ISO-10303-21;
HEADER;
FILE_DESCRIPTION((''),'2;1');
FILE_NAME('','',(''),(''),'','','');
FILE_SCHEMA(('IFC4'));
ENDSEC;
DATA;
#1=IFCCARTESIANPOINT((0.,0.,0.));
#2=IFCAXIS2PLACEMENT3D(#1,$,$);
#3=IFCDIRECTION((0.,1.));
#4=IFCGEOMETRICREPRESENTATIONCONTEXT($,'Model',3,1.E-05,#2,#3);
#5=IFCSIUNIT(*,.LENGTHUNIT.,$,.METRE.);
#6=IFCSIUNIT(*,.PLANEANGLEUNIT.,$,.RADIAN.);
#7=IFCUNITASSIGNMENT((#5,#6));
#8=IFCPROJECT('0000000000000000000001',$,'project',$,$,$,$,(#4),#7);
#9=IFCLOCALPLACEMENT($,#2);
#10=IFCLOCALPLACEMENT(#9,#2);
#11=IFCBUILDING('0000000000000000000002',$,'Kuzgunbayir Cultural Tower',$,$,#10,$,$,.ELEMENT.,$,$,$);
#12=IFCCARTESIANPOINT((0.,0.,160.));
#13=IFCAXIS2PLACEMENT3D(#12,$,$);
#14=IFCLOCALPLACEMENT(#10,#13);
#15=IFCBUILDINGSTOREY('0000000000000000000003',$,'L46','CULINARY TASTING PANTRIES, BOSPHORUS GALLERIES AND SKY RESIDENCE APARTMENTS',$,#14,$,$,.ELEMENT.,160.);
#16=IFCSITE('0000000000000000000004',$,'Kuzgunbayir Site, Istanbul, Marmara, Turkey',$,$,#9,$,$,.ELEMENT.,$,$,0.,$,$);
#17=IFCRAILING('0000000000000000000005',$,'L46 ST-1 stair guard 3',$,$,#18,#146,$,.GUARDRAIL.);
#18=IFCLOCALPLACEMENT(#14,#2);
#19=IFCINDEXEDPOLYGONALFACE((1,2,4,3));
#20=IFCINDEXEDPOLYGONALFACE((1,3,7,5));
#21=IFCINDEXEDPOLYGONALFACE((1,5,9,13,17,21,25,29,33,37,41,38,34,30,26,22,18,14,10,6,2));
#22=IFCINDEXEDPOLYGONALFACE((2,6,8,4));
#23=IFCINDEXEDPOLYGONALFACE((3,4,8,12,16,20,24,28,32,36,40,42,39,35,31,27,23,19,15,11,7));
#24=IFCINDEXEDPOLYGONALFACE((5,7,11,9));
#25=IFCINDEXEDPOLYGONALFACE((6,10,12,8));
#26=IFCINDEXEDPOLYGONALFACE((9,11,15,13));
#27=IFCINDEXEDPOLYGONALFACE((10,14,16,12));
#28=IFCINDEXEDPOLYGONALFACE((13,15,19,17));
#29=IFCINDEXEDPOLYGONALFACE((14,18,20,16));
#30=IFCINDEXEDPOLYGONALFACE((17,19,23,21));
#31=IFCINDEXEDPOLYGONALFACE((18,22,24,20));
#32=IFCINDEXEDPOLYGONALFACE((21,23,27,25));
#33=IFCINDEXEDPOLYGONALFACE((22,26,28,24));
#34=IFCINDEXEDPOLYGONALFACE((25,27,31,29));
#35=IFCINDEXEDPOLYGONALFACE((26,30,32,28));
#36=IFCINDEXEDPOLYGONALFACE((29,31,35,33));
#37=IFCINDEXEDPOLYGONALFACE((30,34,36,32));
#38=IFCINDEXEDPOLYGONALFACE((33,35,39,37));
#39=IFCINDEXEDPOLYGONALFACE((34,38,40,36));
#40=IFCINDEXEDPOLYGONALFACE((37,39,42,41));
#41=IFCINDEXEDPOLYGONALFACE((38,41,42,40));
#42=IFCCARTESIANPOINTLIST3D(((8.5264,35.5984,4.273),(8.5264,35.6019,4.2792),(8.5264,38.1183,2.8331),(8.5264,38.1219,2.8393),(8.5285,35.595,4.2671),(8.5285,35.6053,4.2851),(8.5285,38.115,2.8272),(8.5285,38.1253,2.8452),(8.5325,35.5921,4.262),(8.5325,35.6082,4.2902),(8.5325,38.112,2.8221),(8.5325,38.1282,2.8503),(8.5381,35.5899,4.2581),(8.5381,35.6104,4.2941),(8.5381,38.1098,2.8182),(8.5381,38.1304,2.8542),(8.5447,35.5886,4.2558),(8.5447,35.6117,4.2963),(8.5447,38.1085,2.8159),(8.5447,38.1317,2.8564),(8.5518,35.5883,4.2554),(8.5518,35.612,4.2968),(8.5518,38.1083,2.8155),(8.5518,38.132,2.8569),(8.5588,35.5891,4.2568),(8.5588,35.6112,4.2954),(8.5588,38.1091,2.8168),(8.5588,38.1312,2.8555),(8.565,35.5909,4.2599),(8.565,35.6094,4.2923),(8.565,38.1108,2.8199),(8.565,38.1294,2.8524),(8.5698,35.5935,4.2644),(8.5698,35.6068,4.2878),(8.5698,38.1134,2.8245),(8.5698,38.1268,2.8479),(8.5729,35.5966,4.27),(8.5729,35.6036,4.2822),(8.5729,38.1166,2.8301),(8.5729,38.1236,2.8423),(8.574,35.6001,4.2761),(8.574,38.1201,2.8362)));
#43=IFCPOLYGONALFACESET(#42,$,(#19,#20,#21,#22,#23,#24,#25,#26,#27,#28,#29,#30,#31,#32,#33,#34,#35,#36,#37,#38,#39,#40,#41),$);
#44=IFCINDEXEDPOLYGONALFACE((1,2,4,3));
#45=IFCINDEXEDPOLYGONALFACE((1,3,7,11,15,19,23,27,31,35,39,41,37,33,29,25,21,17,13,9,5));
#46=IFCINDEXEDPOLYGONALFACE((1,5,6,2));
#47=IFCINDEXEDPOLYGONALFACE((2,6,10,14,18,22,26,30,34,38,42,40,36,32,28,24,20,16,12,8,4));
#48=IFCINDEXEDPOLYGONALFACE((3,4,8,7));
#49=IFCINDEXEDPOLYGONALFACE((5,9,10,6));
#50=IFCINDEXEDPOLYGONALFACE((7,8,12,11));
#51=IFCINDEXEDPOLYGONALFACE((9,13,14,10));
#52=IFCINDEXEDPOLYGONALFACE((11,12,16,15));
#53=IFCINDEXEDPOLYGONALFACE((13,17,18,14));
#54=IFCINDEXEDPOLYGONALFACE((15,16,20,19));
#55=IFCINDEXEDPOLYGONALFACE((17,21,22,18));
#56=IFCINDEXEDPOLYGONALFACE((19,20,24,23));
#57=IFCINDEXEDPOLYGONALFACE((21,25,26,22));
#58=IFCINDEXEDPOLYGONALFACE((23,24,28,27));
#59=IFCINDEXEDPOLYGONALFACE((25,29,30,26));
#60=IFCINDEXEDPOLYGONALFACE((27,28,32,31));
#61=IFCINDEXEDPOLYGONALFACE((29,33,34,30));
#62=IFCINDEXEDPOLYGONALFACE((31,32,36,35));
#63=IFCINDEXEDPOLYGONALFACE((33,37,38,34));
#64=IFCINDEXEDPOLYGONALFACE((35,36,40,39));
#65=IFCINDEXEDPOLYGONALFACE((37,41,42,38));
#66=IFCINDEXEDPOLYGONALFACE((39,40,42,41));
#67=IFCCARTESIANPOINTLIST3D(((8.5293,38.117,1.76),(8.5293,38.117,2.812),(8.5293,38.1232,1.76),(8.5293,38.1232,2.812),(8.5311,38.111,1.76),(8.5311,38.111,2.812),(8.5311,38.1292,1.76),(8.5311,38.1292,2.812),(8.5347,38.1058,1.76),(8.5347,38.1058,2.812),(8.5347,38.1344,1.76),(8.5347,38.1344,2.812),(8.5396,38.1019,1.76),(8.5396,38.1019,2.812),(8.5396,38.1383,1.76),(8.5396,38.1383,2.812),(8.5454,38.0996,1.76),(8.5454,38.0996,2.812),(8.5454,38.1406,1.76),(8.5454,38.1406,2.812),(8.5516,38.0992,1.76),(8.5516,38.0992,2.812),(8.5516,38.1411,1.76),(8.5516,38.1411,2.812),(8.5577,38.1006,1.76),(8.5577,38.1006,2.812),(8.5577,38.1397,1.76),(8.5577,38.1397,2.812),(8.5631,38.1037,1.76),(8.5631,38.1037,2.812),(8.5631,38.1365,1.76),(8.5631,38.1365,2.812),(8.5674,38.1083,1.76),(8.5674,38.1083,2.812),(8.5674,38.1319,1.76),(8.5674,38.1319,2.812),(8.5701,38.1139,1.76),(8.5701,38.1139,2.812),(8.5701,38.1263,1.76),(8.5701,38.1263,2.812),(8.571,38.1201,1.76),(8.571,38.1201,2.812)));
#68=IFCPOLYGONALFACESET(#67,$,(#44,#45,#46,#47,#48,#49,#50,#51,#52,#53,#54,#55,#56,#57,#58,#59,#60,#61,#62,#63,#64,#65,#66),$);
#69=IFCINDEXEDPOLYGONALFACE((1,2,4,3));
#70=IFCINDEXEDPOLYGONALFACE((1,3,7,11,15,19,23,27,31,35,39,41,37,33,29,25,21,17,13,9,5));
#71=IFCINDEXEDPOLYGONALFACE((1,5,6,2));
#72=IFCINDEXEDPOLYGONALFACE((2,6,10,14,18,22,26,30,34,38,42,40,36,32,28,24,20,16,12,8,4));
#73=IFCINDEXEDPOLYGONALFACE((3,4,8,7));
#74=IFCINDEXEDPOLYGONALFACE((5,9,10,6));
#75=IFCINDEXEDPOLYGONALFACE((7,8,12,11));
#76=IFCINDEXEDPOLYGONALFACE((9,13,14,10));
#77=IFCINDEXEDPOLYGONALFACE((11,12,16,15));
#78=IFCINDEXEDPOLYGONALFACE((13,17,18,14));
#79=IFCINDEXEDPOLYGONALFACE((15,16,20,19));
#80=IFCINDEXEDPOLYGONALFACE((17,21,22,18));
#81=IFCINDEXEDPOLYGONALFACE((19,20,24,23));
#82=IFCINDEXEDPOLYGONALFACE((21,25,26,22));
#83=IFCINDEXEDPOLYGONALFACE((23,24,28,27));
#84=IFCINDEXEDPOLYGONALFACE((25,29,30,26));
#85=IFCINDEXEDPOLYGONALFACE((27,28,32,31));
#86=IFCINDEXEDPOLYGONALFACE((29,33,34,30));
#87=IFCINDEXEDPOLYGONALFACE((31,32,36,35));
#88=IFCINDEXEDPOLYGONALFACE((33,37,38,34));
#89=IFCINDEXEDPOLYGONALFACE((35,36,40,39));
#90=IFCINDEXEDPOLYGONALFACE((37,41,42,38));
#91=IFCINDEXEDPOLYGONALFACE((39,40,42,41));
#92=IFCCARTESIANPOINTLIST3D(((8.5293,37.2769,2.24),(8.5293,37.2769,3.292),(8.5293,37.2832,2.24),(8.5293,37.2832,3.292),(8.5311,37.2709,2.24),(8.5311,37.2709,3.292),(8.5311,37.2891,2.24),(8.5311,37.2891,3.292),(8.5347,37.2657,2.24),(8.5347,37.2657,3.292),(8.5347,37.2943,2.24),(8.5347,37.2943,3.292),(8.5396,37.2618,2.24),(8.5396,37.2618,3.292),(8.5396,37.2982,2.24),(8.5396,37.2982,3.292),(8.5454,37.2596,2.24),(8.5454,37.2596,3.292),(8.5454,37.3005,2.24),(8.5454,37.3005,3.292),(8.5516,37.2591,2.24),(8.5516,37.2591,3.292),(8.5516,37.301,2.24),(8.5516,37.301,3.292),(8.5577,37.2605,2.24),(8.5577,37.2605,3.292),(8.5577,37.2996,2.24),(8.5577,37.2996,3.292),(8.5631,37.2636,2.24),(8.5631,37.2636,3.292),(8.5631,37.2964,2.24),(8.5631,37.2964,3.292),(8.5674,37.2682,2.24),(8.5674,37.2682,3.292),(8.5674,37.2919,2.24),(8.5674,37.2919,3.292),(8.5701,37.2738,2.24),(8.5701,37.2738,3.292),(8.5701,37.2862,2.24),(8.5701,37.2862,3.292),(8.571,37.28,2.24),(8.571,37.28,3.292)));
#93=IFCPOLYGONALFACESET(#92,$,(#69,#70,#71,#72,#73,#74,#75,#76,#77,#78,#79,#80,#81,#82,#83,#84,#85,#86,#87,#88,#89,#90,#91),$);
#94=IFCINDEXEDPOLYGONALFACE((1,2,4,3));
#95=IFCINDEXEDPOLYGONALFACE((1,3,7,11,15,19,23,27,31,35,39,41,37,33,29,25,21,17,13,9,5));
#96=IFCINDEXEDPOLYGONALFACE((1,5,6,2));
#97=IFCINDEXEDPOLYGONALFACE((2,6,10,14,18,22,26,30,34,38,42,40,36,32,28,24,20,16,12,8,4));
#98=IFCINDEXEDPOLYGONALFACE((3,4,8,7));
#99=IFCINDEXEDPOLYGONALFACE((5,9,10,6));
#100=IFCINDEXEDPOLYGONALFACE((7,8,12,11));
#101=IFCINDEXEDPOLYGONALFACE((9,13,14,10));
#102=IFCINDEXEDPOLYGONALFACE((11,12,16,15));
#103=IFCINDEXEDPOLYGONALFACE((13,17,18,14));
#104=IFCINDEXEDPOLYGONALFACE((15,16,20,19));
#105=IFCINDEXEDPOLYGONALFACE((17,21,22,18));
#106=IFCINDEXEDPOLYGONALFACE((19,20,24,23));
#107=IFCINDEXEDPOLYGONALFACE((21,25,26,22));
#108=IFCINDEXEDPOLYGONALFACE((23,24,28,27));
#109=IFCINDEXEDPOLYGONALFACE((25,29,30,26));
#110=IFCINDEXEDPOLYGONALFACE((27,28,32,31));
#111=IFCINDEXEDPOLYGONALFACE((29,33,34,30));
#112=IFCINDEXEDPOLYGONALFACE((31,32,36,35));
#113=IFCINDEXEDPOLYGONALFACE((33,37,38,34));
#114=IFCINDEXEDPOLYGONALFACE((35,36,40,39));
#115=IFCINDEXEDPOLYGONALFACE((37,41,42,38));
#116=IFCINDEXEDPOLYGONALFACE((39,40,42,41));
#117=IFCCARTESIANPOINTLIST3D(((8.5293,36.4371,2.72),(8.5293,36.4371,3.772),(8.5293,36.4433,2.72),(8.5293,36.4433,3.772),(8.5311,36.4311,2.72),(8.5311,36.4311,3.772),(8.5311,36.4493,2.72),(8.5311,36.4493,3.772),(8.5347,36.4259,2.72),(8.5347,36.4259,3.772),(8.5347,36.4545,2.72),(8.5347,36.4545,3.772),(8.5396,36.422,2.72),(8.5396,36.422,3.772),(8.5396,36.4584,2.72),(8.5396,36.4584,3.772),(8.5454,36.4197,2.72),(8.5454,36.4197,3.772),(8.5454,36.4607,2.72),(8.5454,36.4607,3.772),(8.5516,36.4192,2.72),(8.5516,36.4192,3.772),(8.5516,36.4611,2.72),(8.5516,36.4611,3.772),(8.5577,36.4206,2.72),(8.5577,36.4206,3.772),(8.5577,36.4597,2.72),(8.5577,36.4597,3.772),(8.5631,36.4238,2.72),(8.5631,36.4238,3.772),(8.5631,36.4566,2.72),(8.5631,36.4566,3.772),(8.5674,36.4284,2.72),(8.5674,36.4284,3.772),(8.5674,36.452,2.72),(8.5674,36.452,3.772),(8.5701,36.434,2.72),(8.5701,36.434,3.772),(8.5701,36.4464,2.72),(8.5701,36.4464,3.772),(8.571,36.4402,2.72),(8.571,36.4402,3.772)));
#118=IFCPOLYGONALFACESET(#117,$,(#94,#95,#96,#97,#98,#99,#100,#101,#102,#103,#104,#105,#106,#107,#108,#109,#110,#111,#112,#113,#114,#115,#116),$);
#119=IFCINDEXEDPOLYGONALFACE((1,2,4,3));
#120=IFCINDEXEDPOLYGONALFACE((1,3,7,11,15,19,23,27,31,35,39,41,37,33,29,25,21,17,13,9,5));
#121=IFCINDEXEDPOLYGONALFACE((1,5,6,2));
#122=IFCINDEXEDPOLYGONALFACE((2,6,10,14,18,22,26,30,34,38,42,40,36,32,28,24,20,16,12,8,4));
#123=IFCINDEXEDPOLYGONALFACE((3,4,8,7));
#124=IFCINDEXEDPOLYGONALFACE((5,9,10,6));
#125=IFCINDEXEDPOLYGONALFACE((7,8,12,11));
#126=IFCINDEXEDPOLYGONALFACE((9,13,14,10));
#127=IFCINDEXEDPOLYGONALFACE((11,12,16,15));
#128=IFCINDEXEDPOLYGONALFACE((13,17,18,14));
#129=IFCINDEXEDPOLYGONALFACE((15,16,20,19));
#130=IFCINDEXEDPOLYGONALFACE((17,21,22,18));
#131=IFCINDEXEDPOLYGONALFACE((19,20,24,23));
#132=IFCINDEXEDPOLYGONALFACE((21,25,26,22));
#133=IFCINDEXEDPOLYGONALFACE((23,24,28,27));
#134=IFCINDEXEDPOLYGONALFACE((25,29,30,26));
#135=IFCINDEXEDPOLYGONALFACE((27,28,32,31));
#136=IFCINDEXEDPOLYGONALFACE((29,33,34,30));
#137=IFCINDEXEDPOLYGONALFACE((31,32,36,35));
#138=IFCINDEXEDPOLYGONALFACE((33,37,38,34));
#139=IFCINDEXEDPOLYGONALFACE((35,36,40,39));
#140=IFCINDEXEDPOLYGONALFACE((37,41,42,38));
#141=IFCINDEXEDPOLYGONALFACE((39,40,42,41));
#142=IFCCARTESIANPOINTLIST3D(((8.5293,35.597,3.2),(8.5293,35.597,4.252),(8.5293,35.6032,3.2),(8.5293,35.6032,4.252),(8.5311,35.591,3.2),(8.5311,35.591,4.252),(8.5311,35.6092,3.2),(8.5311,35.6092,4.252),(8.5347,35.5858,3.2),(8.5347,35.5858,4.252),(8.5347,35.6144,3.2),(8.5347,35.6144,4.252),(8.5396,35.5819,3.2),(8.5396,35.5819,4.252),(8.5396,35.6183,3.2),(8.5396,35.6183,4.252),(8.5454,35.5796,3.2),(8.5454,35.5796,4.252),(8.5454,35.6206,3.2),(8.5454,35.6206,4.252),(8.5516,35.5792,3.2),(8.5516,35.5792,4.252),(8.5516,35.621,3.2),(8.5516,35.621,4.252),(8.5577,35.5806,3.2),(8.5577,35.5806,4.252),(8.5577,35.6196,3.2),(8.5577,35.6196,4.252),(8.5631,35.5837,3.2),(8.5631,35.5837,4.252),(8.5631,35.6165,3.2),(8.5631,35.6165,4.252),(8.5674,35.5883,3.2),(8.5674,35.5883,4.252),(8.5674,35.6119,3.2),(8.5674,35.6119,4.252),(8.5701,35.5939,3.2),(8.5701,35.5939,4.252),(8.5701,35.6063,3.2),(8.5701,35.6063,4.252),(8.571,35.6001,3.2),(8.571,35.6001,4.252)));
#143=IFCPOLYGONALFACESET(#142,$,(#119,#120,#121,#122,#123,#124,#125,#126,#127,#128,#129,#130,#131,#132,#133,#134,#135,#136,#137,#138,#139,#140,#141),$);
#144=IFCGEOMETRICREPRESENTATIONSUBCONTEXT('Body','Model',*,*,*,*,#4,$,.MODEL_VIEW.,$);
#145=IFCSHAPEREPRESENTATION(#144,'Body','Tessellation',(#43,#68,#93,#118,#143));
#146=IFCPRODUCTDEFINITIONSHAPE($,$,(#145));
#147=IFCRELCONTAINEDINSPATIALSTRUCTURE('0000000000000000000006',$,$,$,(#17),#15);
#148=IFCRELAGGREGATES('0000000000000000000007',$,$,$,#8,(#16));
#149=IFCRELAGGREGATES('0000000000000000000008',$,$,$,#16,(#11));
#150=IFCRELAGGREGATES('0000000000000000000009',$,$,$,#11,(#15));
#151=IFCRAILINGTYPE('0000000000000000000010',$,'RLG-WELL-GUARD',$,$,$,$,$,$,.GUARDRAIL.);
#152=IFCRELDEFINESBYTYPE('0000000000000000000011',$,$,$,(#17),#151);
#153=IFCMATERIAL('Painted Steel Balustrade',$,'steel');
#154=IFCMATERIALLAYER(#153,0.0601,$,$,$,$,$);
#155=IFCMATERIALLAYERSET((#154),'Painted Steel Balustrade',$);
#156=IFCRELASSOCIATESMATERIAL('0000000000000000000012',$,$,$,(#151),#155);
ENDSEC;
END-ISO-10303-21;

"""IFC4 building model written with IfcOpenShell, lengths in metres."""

from ifc_helpers import new_model, si_unit, direction, frame, origin, origin_2d, place, context, subcontext, project, spatial, circle, extrude, material, layer, layer_set, type_object, element, save


model = new_model("IFC4")

# Units and contexts
model_context = context("Model", 3, precision=1e-05, world=origin(), true_north=direction((0.0, 1.0)))
body_context = subcontext(model_context, "Body", "Model", "MODEL_VIEW")
ifc_project = project(units=[si_unit("LENGTHUNIT", "METRE"), si_unit("PLANEANGLEUNIT", "RADIAN")], contexts=[model_context])

# Site, building, storey
site_placement = place(None, origin())
site = spatial("IfcSite", under=ifc_project, at=site_placement, Name="Kuzgunbayir Site, Istanbul, Marmara, Turkey", CompositionType="ELEMENT", RefElevation=0.0)
building_placement = place(site_placement, origin())
building = spatial("IfcBuilding", under=site, at=building_placement, Name="Kuzgunbayir Cultural Tower", CompositionType="ELEMENT")
storey_placement = place(building_placement, frame((0.0, 0.0, 160.0)))
storey = spatial("IfcBuildingStorey", under=building, at=storey_placement, Name="L46", Description="CULINARY TASTING PANTRIES, BOSPHORUS GALLERIES AND SKY RESIDENCE APARTMENTS", CompositionType="ELEMENT", Elevation=160.0)

# Railing
ifc_material_1 = material(Name="Painted Steel Balustrade", Category="steel")
ifc_layer_1 = layer(ifc_material_1, 0.0601)
ifc_layer_set_1 = layer_set([ifc_layer_1], Name="Painted Steel Balustrade")
railing_type_1 = type_object("IfcRailingType", Name="RLG-WELL-GUARD", PredefinedType="GUARDRAIL", material=ifc_layer_set_1)
railing_1_placement = place(storey_placement, frame((8.55, 38.1201, 1.76)))
element("IfcRailing", 1, at=railing_1_placement, inside=storey, type_object=railing_type_1, Name="L46 ST-1 stair guard 3", PredefinedType="GUARDRAIL", context=body_context, shape_type="SweptSolid", body=[
    extrude(circle(Radius=0.0239, at=origin_2d()), frame((0.0, 0.0, 1.0762), z_axis=(0.0, -0.868253, 0.496121), x_axis=(1.0, 0.0, 0.0)), (0.0, 0.0, 1.0), 2.9023),
    extrude(circle(Radius=0.021, at=origin_2d()), origin(), (0.0, 0.0, 1.0), 1.052),
    extrude(circle(Radius=0.021, at=origin_2d()), frame((0.0, -0.8401, 0.48)), (0.0, 0.0, 1.0), 1.052),
    extrude(circle(Radius=0.021, at=origin_2d()), frame((0.0, -1.6799, 0.96)), (0.0, 0.0, 1.0), 1.052),
    extrude(circle(Radius=0.021, at=origin_2d()), frame((0.0, -2.52, 1.4399)), (0.0, 0.0, 1.0), 1.052),
])

save(model, "model.ifc")
